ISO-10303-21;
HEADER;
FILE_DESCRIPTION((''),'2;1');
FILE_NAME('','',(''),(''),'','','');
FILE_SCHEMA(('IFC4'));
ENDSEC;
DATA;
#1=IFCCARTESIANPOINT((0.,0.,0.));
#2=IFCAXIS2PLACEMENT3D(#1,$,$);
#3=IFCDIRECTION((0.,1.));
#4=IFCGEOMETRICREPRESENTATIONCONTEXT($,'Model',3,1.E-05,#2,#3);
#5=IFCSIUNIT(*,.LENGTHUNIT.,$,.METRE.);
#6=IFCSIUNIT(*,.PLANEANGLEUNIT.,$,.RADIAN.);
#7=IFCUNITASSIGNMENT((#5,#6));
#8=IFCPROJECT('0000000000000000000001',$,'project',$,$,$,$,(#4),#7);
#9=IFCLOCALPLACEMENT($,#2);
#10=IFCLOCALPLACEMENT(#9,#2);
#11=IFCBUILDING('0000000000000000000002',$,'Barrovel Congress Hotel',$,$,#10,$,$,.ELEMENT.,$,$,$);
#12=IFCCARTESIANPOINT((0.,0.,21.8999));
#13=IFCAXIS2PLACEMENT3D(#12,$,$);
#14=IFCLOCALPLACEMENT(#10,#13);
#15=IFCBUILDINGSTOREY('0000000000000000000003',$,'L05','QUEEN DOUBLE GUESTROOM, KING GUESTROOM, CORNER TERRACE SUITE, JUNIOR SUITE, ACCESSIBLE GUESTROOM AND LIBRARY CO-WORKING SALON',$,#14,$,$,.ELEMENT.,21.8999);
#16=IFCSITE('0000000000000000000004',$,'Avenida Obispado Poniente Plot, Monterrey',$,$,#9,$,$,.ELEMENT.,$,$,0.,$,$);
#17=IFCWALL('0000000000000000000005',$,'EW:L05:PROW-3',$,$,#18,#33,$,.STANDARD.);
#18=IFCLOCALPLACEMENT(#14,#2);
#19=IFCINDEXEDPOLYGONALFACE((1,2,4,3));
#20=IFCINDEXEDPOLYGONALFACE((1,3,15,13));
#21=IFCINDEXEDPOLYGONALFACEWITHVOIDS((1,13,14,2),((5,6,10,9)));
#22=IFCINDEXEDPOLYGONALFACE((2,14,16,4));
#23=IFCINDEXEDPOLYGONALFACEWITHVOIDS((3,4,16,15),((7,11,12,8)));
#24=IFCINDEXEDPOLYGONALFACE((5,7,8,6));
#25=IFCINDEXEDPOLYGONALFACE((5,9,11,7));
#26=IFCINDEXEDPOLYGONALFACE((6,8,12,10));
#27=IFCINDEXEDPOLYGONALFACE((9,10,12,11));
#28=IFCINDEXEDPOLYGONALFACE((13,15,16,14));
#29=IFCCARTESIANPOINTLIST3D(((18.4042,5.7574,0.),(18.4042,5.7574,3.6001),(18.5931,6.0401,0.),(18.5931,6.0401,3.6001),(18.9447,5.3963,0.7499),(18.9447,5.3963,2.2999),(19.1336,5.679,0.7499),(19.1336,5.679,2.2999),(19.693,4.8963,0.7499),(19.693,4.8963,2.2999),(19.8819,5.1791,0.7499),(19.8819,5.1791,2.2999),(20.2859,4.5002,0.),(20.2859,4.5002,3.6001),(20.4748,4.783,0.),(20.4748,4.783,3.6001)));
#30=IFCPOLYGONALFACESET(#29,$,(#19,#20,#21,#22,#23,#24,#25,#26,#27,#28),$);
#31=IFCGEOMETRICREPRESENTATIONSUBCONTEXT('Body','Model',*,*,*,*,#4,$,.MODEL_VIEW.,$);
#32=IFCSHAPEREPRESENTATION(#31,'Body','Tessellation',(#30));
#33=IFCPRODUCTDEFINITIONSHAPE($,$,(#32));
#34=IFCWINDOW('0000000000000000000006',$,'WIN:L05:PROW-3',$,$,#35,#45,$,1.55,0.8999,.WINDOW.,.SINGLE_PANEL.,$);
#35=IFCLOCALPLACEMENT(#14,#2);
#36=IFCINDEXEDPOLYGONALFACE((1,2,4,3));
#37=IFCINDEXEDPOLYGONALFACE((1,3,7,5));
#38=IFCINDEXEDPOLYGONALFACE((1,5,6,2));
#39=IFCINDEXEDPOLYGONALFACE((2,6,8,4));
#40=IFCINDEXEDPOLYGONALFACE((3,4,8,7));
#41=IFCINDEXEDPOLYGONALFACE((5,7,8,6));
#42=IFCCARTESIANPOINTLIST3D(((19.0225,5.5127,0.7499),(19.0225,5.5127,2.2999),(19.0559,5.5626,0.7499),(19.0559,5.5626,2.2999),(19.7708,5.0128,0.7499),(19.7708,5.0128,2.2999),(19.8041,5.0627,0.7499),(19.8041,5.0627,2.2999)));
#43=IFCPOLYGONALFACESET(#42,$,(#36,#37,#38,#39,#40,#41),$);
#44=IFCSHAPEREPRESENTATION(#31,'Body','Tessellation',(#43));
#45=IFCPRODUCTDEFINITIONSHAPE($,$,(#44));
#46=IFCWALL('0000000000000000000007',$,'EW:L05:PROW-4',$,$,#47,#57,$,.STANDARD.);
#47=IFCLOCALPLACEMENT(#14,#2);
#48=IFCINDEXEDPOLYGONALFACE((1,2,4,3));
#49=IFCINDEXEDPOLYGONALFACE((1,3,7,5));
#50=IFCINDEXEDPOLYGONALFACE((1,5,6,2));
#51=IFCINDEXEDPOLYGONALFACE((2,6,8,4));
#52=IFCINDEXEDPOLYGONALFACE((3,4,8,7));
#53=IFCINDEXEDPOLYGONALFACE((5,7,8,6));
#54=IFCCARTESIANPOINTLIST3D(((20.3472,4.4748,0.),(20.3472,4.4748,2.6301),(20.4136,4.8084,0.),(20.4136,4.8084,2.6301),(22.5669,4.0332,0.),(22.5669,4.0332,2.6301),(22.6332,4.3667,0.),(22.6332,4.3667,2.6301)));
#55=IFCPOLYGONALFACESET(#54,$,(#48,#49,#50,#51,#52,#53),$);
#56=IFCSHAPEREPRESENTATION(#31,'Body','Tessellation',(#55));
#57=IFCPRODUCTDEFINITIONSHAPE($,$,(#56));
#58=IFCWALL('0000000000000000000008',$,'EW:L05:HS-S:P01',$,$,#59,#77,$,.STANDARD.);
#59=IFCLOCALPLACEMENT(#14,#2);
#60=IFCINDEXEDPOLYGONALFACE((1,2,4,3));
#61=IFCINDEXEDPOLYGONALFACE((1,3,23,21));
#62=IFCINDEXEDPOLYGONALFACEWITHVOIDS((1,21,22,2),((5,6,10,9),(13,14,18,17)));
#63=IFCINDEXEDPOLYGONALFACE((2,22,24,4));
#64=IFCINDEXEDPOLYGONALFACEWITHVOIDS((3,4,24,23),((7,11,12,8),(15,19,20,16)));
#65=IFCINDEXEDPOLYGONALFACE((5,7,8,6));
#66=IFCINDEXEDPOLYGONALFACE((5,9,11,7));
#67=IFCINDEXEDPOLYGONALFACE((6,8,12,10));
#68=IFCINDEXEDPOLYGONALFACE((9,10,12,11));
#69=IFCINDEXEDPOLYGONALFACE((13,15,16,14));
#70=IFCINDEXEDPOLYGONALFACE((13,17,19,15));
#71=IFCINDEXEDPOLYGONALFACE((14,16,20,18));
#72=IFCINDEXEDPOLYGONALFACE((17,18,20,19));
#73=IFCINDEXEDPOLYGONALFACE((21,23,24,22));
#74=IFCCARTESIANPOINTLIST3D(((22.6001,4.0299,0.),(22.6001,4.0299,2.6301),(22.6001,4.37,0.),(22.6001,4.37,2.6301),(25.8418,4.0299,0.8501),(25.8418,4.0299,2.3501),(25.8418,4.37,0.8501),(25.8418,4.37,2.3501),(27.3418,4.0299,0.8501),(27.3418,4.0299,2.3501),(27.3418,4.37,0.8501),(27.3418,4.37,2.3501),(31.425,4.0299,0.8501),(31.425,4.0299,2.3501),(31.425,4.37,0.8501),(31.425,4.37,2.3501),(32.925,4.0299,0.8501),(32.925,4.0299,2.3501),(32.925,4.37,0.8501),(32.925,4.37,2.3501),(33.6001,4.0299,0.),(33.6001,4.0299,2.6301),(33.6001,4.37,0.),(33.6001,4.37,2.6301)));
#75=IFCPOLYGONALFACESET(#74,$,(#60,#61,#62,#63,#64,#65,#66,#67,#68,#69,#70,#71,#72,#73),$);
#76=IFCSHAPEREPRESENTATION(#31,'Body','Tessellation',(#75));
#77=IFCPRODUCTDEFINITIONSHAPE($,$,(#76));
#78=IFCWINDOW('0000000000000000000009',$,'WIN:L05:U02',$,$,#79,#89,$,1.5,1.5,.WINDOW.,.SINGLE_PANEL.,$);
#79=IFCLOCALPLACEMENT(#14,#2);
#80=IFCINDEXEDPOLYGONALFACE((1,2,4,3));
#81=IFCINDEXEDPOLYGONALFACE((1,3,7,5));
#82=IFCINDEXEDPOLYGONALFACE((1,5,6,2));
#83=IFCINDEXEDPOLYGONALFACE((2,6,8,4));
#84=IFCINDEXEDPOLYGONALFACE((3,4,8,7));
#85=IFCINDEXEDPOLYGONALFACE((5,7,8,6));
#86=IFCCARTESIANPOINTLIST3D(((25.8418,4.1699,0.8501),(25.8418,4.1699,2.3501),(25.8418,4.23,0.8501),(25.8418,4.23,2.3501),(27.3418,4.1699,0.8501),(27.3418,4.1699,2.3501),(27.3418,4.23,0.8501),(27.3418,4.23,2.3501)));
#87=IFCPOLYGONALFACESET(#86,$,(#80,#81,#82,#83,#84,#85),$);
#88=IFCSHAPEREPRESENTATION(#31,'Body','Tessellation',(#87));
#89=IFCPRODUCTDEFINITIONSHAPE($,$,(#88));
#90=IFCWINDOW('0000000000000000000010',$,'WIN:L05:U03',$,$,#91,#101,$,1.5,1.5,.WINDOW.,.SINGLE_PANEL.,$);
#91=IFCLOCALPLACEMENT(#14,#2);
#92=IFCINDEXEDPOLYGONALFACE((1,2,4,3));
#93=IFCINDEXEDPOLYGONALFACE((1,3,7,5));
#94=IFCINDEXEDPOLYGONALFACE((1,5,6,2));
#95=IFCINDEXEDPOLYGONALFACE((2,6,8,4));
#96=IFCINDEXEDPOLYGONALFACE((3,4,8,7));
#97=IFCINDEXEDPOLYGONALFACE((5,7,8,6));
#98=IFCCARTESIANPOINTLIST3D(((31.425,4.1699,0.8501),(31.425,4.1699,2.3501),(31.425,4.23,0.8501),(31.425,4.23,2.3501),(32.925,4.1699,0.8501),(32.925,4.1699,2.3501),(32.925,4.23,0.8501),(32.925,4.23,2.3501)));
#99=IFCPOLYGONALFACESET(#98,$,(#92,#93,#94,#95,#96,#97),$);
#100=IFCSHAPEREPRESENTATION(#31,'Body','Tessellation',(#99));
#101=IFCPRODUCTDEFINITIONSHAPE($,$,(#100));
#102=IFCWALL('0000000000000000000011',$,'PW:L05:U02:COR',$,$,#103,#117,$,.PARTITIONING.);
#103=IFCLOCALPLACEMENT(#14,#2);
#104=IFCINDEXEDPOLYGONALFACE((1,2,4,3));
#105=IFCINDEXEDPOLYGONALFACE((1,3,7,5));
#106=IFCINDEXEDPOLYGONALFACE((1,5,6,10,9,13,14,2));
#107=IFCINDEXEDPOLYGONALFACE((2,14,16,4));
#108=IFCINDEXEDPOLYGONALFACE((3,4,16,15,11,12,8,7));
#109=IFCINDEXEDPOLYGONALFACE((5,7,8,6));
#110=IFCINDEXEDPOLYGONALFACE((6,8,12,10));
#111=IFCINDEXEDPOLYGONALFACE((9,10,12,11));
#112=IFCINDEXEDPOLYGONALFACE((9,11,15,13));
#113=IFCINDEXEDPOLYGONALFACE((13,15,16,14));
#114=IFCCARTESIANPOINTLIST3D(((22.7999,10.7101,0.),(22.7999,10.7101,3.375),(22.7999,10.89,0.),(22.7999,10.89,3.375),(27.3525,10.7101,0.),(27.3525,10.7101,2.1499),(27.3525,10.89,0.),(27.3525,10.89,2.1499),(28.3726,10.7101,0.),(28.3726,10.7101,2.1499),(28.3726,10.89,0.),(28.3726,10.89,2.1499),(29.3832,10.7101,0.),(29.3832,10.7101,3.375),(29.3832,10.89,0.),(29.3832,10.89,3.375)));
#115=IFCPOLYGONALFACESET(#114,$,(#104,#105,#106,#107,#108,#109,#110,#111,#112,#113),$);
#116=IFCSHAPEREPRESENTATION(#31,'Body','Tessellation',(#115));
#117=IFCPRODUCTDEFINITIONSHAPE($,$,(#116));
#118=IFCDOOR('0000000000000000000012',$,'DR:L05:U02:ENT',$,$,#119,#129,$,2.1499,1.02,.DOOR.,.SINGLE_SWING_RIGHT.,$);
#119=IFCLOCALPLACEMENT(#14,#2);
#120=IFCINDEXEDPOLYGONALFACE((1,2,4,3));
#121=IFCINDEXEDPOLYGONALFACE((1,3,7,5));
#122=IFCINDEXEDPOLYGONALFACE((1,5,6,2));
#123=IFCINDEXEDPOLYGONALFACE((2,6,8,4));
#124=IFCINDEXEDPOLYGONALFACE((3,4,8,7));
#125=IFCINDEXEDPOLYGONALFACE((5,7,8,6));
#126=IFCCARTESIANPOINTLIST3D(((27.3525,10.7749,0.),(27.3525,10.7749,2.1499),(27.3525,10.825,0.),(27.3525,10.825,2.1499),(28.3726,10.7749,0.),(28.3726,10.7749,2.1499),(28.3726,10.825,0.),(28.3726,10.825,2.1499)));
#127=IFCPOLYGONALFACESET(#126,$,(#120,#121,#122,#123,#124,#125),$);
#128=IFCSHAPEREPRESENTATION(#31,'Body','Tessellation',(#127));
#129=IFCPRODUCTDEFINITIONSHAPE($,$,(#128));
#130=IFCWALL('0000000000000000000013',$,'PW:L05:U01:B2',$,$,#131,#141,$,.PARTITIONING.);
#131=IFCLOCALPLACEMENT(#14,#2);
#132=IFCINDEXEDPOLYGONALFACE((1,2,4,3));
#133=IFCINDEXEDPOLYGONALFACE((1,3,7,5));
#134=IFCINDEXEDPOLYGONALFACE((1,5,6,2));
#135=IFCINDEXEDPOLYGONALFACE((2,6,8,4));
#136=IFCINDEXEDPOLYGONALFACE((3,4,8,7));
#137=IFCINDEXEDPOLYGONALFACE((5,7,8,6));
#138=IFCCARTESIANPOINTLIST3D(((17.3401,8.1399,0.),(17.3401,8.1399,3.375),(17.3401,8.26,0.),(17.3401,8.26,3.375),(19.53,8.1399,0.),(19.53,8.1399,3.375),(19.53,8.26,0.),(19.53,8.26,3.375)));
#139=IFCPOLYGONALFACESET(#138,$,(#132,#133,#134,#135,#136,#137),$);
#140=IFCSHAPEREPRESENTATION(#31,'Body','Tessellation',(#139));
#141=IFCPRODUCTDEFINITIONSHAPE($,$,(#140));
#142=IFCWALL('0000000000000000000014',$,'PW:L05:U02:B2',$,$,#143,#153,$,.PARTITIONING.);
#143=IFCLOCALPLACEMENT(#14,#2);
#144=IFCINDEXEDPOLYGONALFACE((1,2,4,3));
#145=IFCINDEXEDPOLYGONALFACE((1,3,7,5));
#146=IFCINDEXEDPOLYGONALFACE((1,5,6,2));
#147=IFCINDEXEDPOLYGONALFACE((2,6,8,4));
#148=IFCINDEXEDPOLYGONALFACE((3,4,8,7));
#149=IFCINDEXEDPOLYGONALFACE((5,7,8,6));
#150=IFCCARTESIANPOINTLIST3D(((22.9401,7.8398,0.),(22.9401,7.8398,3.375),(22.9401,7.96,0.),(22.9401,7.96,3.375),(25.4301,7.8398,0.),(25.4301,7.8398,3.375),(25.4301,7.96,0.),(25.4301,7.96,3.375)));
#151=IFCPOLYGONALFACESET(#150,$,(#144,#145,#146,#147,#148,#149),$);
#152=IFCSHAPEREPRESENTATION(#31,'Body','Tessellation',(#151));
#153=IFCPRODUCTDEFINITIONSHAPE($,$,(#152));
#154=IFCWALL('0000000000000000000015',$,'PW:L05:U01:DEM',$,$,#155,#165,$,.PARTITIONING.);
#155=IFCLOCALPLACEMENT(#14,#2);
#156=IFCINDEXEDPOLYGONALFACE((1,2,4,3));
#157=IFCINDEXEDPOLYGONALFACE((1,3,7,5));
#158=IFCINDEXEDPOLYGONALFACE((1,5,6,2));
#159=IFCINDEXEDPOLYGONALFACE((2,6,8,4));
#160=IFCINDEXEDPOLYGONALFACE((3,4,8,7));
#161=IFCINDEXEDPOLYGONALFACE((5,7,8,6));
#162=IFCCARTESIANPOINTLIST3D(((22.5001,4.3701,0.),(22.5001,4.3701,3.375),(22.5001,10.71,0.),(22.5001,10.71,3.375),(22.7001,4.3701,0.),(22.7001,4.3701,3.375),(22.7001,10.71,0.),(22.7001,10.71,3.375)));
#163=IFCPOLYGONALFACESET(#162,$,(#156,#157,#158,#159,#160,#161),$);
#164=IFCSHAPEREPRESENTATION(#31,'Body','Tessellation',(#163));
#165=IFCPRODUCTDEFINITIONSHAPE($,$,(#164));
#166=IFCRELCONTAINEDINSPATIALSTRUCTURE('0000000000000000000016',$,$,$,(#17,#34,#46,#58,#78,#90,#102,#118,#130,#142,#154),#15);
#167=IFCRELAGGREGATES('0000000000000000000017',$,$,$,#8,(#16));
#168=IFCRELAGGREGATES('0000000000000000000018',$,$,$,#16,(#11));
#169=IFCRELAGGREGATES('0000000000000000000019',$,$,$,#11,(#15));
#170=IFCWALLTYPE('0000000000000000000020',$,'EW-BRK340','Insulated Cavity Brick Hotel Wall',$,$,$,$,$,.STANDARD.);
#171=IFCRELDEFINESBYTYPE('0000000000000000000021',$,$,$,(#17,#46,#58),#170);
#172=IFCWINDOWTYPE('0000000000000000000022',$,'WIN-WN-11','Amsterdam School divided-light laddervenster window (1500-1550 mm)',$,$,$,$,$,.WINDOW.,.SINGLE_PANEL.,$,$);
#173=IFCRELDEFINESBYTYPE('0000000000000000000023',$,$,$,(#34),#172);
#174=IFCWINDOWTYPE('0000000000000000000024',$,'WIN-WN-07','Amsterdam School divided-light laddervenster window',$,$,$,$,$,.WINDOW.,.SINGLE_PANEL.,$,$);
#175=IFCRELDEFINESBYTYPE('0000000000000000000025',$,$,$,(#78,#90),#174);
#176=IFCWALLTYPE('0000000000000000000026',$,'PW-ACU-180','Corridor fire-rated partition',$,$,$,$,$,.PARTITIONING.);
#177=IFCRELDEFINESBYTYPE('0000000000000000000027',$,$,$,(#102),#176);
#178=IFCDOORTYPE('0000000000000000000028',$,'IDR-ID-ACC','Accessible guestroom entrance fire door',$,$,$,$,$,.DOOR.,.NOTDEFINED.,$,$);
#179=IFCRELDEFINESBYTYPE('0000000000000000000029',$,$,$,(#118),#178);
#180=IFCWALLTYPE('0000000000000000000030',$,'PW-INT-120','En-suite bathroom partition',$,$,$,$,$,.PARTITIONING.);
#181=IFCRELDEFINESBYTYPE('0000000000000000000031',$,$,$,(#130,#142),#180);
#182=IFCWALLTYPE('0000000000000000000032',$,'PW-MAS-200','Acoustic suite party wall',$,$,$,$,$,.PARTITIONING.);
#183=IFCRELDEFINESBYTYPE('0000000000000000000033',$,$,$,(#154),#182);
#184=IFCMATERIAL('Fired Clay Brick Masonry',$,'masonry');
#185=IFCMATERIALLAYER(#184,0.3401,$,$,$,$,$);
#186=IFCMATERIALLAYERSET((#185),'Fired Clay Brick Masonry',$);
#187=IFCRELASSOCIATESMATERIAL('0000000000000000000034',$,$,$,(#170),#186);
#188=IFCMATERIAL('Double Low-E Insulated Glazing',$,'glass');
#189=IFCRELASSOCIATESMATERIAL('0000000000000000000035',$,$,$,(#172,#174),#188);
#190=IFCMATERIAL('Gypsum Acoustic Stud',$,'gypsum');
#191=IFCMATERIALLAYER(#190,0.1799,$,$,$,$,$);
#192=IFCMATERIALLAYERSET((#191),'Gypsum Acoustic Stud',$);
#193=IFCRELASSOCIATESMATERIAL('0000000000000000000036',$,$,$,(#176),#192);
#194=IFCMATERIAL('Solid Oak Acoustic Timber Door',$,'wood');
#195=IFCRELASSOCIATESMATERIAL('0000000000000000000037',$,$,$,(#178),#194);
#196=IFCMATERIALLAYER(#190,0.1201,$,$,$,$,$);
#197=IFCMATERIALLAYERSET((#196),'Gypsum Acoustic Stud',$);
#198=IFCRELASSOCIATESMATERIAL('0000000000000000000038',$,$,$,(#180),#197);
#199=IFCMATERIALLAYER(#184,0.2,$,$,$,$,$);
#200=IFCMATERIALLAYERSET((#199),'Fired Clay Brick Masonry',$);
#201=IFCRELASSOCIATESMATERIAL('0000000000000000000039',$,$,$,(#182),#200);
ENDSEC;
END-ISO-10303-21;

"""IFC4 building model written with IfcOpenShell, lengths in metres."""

from ifc_helpers import new_model, si_unit, direction, frame, frame_2d, origin, place, context, subcontext, project, spatial, rectangle, extrude, material, layer, layer_set, type_object, element, fill, save


model = new_model("IFC4")

# Units and contexts
model_context = context("Model", 3, precision=1e-05, world=origin(), true_north=direction((0.0, 1.0)))
body_context = subcontext(model_context, "Body", "Model", "MODEL_VIEW")
ifc_project = project(units=[si_unit("LENGTHUNIT", "METRE"), si_unit("PLANEANGLEUNIT", "RADIAN")], contexts=[model_context])

# Site, building, storey
site_placement = place(None, origin())
site = spatial("IfcSite", under=ifc_project, at=site_placement, Name="Avenida Obispado Poniente Plot, Monterrey", CompositionType="ELEMENT", RefElevation=0.0)
building_placement = place(site_placement, origin())
building = spatial("IfcBuilding", under=site, at=building_placement, Name="Barrovel Congress Hotel", CompositionType="ELEMENT")
storey_placement = place(building_placement, frame((0.0, 0.0, 21.8999)))
storey = spatial("IfcBuildingStorey", under=building, at=storey_placement, Name="L05", Description="QUEEN DOUBLE GUESTROOM, KING GUESTROOM, CORNER TERRACE SUITE, JUNIOR SUITE, ACCESSIBLE GUESTROOM AND LIBRARY CO-WORKING SALON", CompositionType="ELEMENT", Elevation=21.8999)

# Wall, opening, window
ifc_material_1 = material(Name="Fired Clay Brick Masonry", Category="masonry")
ifc_layer_1 = layer(ifc_material_1, 0.3401)
ifc_layer_set_1 = layer_set([ifc_layer_1], Name="Fired Clay Brick Masonry")
wall_type_1 = type_object("IfcWallType", Name="EW-BRK340", Description="Insulated Cavity Brick Hotel Wall", PredefinedType="STANDARD", material=ifc_layer_set_1)
ifc_material_2 = material(Name="Double Low-E Insulated Glazing", Category="glass")
window_type_1 = type_object("IfcWindowType", Name="WIN-WN-11", Description="Amsterdam School divided-light laddervenster window (1500-1550 mm)", PartitioningType="SINGLE_PANEL", PredefinedType="WINDOW", material=ifc_material_2)
wall_1_placement = place(storey_placement, frame((18.4988, 5.8987, 0.0), z_axis=(0.0, 0.0, 1.0), x_axis=(0.831502, -0.555522, 0.0)))
wall_1 = element("IfcWall", 1, at=wall_1_placement, inside=storey, type_object=wall_type_1, Name="EW:L05:PROW-3", PredefinedType="STANDARD", context=body_context, shape_type="SweptSolid", body=[
    extrude(rectangle(XDim=2.2629, YDim=0.3401, at=frame_2d((1.1313, 0.0))), origin(), (0.0, 0.0, 1.0), 3.6001),
])
opening_1_placement = place(wall_1_placement, frame((0.6499, 0.0, 0.75)))
opening_1 = element("IfcOpeningElement", 2, at=opening_1_placement, cuts=wall_1, PredefinedType="OPENING", context=body_context, shape_type="SweptSolid", body=[
    extrude(rectangle(XDim=0.8999, YDim=1.55, at=frame_2d((0.45, 0.7749))), frame((0.0, 0.1802, 0.0), z_axis=(0.0, -1.0, 0.0), x_axis=(1.0, 0.0, 0.0)), (0.0, 0.0, 1.0), 0.3601),
])
window_1_placement = place(opening_1_placement, origin())
window_1 = element("IfcWindow", 3, at=window_1_placement, inside=storey, type_object=window_type_1, Name="WIN:L05:PROW-3", OverallHeight=1.55, OverallWidth=0.8999, PartitioningType="SINGLE_PANEL", PredefinedType="WINDOW", context=body_context, shape_type="SweptSolid", body=[
    extrude(rectangle(XDim=0.8999, YDim=1.55, at=frame_2d((0.45, 0.7749))), frame((0.0, 0.03, 0.0), z_axis=(0.0, -1.0, 0.0), x_axis=(1.0, 0.0, 0.0)), (0.0, 0.0, 1.0), 0.0601),
])
fill(opening_1, window_1)

# Wall
wall_2_placement = place(storey_placement, frame((20.3804, 4.6416, 0.0), z_axis=(0.0, 0.0, 1.0), x_axis=(0.980775, -0.195141, 0.0)))
element("IfcWall", 4, at=wall_2_placement, inside=storey, type_object=wall_type_1, Name="EW:L05:PROW-4", PredefinedType="STANDARD", context=body_context, shape_type="SweptSolid", body=[
    extrude(rectangle(XDim=2.2632, YDim=0.3401, at=frame_2d((1.1316, 0.0))), origin(), (0.0, 0.0, 1.0), 2.6301),
])

# Wall, openings, windows
wall_3_placement = place(storey_placement, frame((22.6001, 4.2, 0.0), z_axis=(0.0, 0.0, 1.0), x_axis=(1.0, 0.0, 0.0)))
wall_3 = element("IfcWall", 5, at=wall_3_placement, inside=storey, type_object=wall_type_1, Name="EW:L05:HS-S:P01", PredefinedType="STANDARD", context=body_context, shape_type="SweptSolid", body=[
    extrude(rectangle(XDim=11.0, YDim=0.3401, at=frame_2d((5.5, 0.0))), origin(), (0.0, 0.0, 1.0), 2.6301),
])
opening_2_placement = place(wall_3_placement, frame((3.2417, 0.0, 0.8501)))
opening_2 = element("IfcOpeningElement", 6, at=opening_2_placement, cuts=wall_3, PredefinedType="OPENING", context=body_context, shape_type="SweptSolid", body=[
    extrude(rectangle(XDim=1.5, YDim=1.5, at=frame_2d((0.75, 0.75))), frame((0.0, 0.1802, 0.0), z_axis=(0.0, -1.0, 0.0), x_axis=(1.0, 0.0, 0.0)), (0.0, 0.0, 1.0), 0.3601),
])
opening_3_placement = place(wall_3_placement, frame((8.825, 0.0, 0.8501)))
opening_3 = element("IfcOpeningElement", 7, at=opening_3_placement, cuts=wall_3, PredefinedType="OPENING", context=body_context, shape_type="SweptSolid", body=[
    extrude(rectangle(XDim=1.5, YDim=1.5, at=frame_2d((0.75, 0.75))), frame((0.0, 0.1802, 0.0), z_axis=(0.0, -1.0, 0.0), x_axis=(1.0, 0.0, 0.0)), (0.0, 0.0, 1.0), 0.3601),
])
window_type_2 = type_object("IfcWindowType", Name="WIN-WN-07", Description="Amsterdam School divided-light laddervenster window", PartitioningType="SINGLE_PANEL", PredefinedType="WINDOW", material=ifc_material_2)
window_2_placement = place(opening_2_placement, origin())
window_2 = element("IfcWindow", 8, at=window_2_placement, inside=storey, type_object=window_type_2, Name="WIN:L05:U02", OverallHeight=1.5, OverallWidth=1.5, PartitioningType="SINGLE_PANEL", PredefinedType="WINDOW", context=body_context, shape_type="SweptSolid", body=[
    extrude(rectangle(XDim=1.5, YDim=1.5, at=frame_2d((0.75, 0.75))), frame((0.0, 0.03, 0.0), z_axis=(0.0, -1.0, 0.0), x_axis=(1.0, 0.0, 0.0)), (0.0, 0.0, 1.0), 0.0601),
])
fill(opening_2, window_2)
window_3_placement = place(opening_3_placement, origin())
window_3 = element("IfcWindow", 9, at=window_3_placement, inside=storey, type_object=window_type_2, Name="WIN:L05:U03", OverallHeight=1.5, OverallWidth=1.5, PartitioningType="SINGLE_PANEL", PredefinedType="WINDOW", context=body_context, shape_type="SweptSolid", body=[
    extrude(rectangle(XDim=1.5, YDim=1.5, at=frame_2d((0.75, 0.75))), frame((0.0, 0.03, 0.0), z_axis=(0.0, -1.0, 0.0), x_axis=(1.0, 0.0, 0.0)), (0.0, 0.0, 1.0), 0.0601),
])
fill(opening_3, window_3)

# Wall, opening, door
ifc_material_3 = material(Name="Gypsum Acoustic Stud", Category="gypsum")
ifc_layer_2 = layer(ifc_material_3, 0.1799)
ifc_layer_set_2 = layer_set([ifc_layer_2], Name="Gypsum Acoustic Stud")
wall_type_2 = type_object("IfcWallType", Name="PW-ACU-180", Description="Corridor fire-rated partition", PredefinedType="PARTITIONING", material=ifc_layer_set_2)
wall_4_placement = place(storey_placement, frame((22.8, 10.8, 0.0), z_axis=(0.0, 0.0, 1.0), x_axis=(1.0, 0.0, 0.0)))
wall_4 = element("IfcWall", 10, at=wall_4_placement, inside=storey, type_object=wall_type_2, Name="PW:L05:U02:COR", PredefinedType="PARTITIONING", context=body_context, shape_type="SweptSolid", body=[
    extrude(rectangle(XDim=6.5833, YDim=0.1799, at=frame_2d((3.2915, 0.0))), origin(), (0.0, 0.0, 1.0), 3.375),
])
opening_4_placement = place(wall_4_placement, frame((4.5525, 0.0, 0.0)))
opening_4 = element("IfcOpeningElement", 11, at=opening_4_placement, cuts=wall_4, PredefinedType="OPENING", context=body_context, shape_type="SweptSolid", body=[
    extrude(rectangle(XDim=1.02, YDim=2.1499, at=frame_2d((0.51, 1.075))), frame((0.0, 0.1001, 0.0), z_axis=(0.0, -1.0, 0.0), x_axis=(1.0, 0.0, 0.0)), (0.0, 0.0, 1.0), 0.2),
])
ifc_material_4 = material(Name="Solid Oak Acoustic Timber Door", Category="wood")
door_type_1 = type_object("IfcDoorType", Name="IDR-ID-ACC", Description="Accessible guestroom entrance fire door", OperationType="NOTDEFINED", PredefinedType="DOOR", material=ifc_material_4)
door_1_placement = place(opening_4_placement, origin())
door_1 = element("IfcDoor", 12, at=door_1_placement, inside=storey, type_object=door_type_1, Name="DR:L05:U02:ENT", OperationType="SINGLE_SWING_RIGHT", OverallHeight=2.1499, OverallWidth=1.02, PredefinedType="DOOR", context=body_context, shape_type="SweptSolid", body=[
    extrude(rectangle(XDim=1.02, YDim=2.1499, at=frame_2d((0.51, 1.075))), frame((0.0, 0.0249, 0.0), z_axis=(0.0, -1.0, 0.0), x_axis=(1.0, 0.0, 0.0)), (0.0, 0.0, 1.0), 0.05),
])
fill(opening_4, door_1)

# Walls
ifc_layer_3 = layer(ifc_material_3, 0.1201)
ifc_layer_set_3 = layer_set([ifc_layer_3], Name="Gypsum Acoustic Stud")
wall_type_3 = type_object("IfcWallType", Name="PW-INT-120", Description="En-suite bathroom partition", PredefinedType="PARTITIONING", material=ifc_layer_set_3)
wall_5_placement = place(storey_placement, frame((17.3401, 8.2, 0.0), z_axis=(0.0, 0.0, 1.0), x_axis=(1.0, 0.0, 0.0)))
element("IfcWall", 13, at=wall_5_placement, inside=storey, type_object=wall_type_3, Name="PW:L05:U01:B2", PredefinedType="PARTITIONING", context=body_context, shape_type="SweptSolid", body=[
    extrude(rectangle(XDim=2.1899, YDim=0.1201, at=frame_2d((1.095, 0.0))), origin(), (0.0, 0.0, 1.0), 3.375),
])
wall_6_placement = place(storey_placement, frame((22.9399, 7.8999, 0.0), z_axis=(0.0, 0.0, 1.0), x_axis=(1.0, 0.0, 0.0)))
element("IfcWall", 14, at=wall_6_placement, inside=storey, type_object=wall_type_3, Name="PW:L05:U02:B2", PredefinedType="PARTITIONING", context=body_context, shape_type="SweptSolid", body=[
    extrude(rectangle(XDim=2.49, YDim=0.1201, at=frame_2d((1.2451, 0.0))), origin(), (0.0, 0.0, 1.0), 3.375),
])
ifc_layer_4 = layer(ifc_material_1, 0.2)
ifc_layer_set_4 = layer_set([ifc_layer_4], Name="Fired Clay Brick Masonry")
wall_type_4 = type_object("IfcWallType", Name="PW-MAS-200", Description="Acoustic suite party wall", PredefinedType="PARTITIONING", material=ifc_layer_set_4)
wall_7_placement = place(storey_placement, frame((22.6001, 4.3701, 0.0), z_axis=(0.0, 0.0, 1.0), x_axis=(0.0, 1.0, 0.0)))
element("IfcWall", 15, at=wall_7_placement, inside=storey, type_object=wall_type_4, Name="PW:L05:U01:DEM", PredefinedType="PARTITIONING", context=body_context, shape_type="SweptSolid", body=[
    extrude(rectangle(XDim=6.3398, YDim=0.2, at=frame_2d((3.1699, 0.0))), origin(), (0.0, 0.0, 1.0), 3.375),
])

save(model, "model.ifc")
